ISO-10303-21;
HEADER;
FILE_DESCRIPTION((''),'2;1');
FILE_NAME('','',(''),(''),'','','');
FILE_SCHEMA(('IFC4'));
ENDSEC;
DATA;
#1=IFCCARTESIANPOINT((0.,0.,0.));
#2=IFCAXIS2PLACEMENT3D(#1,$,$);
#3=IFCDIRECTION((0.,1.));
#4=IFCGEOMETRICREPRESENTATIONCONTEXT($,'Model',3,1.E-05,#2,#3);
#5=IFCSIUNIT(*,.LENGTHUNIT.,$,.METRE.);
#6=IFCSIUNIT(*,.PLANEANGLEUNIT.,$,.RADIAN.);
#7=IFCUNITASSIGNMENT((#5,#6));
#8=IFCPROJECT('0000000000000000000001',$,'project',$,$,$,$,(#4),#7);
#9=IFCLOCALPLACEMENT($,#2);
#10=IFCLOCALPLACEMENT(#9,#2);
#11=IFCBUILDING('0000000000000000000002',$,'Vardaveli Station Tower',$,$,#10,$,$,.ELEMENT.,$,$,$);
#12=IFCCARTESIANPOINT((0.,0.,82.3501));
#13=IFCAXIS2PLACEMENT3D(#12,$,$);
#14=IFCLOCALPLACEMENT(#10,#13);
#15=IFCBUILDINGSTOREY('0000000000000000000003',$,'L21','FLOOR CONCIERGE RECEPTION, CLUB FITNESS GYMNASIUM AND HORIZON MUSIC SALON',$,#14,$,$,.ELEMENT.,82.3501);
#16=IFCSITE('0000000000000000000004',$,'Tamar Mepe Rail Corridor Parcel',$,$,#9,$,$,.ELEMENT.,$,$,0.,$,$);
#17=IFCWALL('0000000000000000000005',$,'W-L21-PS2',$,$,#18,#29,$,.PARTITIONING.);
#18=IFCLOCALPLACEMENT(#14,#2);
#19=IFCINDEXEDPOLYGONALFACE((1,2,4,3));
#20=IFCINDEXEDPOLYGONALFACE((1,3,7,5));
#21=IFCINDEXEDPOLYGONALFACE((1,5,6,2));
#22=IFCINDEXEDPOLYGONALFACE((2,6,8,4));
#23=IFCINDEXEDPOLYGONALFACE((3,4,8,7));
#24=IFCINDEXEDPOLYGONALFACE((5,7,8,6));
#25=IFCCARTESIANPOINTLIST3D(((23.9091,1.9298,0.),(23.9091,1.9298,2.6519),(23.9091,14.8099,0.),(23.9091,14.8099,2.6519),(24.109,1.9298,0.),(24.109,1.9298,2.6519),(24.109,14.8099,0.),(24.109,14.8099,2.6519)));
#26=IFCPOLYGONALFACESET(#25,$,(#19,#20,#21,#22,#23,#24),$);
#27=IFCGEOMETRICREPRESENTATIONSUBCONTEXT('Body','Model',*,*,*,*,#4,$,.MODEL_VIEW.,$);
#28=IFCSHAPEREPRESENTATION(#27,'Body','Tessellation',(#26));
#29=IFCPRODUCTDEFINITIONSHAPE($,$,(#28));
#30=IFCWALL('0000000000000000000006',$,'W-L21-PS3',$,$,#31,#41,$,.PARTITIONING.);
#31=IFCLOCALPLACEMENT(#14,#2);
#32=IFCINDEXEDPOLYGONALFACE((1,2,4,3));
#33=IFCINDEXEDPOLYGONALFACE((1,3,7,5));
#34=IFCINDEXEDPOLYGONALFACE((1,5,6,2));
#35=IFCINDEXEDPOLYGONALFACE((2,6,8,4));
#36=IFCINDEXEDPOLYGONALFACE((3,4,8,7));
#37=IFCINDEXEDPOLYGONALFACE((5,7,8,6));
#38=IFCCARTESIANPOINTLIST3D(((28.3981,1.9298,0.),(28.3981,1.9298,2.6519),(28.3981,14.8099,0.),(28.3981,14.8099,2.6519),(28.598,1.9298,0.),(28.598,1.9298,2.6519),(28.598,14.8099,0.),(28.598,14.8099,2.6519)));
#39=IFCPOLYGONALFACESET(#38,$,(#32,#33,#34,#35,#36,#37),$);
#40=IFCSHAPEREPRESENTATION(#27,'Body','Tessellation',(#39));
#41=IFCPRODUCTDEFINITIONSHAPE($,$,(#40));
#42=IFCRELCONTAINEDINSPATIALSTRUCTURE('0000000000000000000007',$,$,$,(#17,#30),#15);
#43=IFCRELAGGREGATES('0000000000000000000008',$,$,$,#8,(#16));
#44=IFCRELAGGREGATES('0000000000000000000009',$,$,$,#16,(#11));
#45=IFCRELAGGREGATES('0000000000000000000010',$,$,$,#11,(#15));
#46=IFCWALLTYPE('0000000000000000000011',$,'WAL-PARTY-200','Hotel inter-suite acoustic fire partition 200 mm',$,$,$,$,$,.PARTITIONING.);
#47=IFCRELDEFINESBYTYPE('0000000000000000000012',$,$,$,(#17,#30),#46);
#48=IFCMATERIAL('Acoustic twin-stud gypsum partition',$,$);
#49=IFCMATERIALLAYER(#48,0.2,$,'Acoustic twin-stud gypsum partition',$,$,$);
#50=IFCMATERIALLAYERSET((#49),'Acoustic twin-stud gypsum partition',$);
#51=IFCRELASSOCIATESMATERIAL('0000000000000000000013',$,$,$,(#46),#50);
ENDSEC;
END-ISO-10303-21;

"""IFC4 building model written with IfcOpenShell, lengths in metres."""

from ifc_helpers import new_model, si_unit, direction, frame, frame_2d, origin, place, context, subcontext, project, spatial, rectangle, extrude, source, transform, mapped, material, layer, layer_set, type_object, element, save


model = new_model("IFC4")

# Units and contexts
model_context = context("Model", 3, precision=1e-05, world=origin(), true_north=direction((0.0, 1.0)))
body_context = subcontext(model_context, "Body", "Model", "MODEL_VIEW")
ifc_project = project(units=[si_unit("LENGTHUNIT", "METRE"), si_unit("PLANEANGLEUNIT", "RADIAN")], contexts=[model_context])

# Site, building, storey
site_placement = place(None, origin())
site = spatial("IfcSite", under=ifc_project, at=site_placement, Name="Tamar Mepe Rail Corridor Parcel", CompositionType="ELEMENT", RefElevation=0.0)
building_placement = place(site_placement, origin())
building = spatial("IfcBuilding", under=site, at=building_placement, Name="Vardaveli Station Tower", CompositionType="ELEMENT")
storey_placement = place(building_placement, frame((0.0, 0.0, 82.3501)))
storey = spatial("IfcBuildingStorey", under=building, at=storey_placement, Name="L21", Description="FLOOR CONCIERGE RECEPTION, CLUB FITNESS GYMNASIUM AND HORIZON MUSIC SALON", CompositionType="ELEMENT", Elevation=82.3501)

# Walls
ifc_material_1 = material(Name="Acoustic twin-stud gypsum partition")
ifc_layer_1 = layer(ifc_material_1, 0.2, Name="Acoustic twin-stud gypsum partition")
ifc_layer_set_1 = layer_set([ifc_layer_1], Name="Acoustic twin-stud gypsum partition")
wall_type_1 = type_object("IfcWallType", Name="WAL-PARTY-200", Description="Hotel inter-suite acoustic fire partition 200 mm", PredefinedType="PARTITIONING", material=ifc_layer_set_1)
shared_shape_1 = source(origin(), body_context, "Body", "SweptSolid", [
    extrude(rectangle(XDim=12.8801, YDim=0.2, at=frame_2d((6.4399, 0.0))), origin(), (0.0, 0.0, 1.0), 2.6519),
])
for number, where, z_axis, x_axis, name in (
    (1, (24.009, 1.9299, 0.0), (0.0, 0.0, 1.0), (0.0, 1.0, 0.0), "W-L21-PS2"),
    (2, (28.498, 1.9299, 0.0), (0.0, 0.0, 1.0), (0.0, 1.0, 0.0), "W-L21-PS3"),
):
    element("IfcWall", number, at=place(storey_placement, frame(where, z_axis=z_axis, x_axis=x_axis)), inside=storey, type_object=wall_type_1, Name=name, PredefinedType="PARTITIONING", context=body_context, shape_type="MappedRepresentation", body=[
        mapped(shared_shape_1, transform((0.0, 0.0, 0.0), scale=1.0)),
    ])

save(model, "model.ifc")
